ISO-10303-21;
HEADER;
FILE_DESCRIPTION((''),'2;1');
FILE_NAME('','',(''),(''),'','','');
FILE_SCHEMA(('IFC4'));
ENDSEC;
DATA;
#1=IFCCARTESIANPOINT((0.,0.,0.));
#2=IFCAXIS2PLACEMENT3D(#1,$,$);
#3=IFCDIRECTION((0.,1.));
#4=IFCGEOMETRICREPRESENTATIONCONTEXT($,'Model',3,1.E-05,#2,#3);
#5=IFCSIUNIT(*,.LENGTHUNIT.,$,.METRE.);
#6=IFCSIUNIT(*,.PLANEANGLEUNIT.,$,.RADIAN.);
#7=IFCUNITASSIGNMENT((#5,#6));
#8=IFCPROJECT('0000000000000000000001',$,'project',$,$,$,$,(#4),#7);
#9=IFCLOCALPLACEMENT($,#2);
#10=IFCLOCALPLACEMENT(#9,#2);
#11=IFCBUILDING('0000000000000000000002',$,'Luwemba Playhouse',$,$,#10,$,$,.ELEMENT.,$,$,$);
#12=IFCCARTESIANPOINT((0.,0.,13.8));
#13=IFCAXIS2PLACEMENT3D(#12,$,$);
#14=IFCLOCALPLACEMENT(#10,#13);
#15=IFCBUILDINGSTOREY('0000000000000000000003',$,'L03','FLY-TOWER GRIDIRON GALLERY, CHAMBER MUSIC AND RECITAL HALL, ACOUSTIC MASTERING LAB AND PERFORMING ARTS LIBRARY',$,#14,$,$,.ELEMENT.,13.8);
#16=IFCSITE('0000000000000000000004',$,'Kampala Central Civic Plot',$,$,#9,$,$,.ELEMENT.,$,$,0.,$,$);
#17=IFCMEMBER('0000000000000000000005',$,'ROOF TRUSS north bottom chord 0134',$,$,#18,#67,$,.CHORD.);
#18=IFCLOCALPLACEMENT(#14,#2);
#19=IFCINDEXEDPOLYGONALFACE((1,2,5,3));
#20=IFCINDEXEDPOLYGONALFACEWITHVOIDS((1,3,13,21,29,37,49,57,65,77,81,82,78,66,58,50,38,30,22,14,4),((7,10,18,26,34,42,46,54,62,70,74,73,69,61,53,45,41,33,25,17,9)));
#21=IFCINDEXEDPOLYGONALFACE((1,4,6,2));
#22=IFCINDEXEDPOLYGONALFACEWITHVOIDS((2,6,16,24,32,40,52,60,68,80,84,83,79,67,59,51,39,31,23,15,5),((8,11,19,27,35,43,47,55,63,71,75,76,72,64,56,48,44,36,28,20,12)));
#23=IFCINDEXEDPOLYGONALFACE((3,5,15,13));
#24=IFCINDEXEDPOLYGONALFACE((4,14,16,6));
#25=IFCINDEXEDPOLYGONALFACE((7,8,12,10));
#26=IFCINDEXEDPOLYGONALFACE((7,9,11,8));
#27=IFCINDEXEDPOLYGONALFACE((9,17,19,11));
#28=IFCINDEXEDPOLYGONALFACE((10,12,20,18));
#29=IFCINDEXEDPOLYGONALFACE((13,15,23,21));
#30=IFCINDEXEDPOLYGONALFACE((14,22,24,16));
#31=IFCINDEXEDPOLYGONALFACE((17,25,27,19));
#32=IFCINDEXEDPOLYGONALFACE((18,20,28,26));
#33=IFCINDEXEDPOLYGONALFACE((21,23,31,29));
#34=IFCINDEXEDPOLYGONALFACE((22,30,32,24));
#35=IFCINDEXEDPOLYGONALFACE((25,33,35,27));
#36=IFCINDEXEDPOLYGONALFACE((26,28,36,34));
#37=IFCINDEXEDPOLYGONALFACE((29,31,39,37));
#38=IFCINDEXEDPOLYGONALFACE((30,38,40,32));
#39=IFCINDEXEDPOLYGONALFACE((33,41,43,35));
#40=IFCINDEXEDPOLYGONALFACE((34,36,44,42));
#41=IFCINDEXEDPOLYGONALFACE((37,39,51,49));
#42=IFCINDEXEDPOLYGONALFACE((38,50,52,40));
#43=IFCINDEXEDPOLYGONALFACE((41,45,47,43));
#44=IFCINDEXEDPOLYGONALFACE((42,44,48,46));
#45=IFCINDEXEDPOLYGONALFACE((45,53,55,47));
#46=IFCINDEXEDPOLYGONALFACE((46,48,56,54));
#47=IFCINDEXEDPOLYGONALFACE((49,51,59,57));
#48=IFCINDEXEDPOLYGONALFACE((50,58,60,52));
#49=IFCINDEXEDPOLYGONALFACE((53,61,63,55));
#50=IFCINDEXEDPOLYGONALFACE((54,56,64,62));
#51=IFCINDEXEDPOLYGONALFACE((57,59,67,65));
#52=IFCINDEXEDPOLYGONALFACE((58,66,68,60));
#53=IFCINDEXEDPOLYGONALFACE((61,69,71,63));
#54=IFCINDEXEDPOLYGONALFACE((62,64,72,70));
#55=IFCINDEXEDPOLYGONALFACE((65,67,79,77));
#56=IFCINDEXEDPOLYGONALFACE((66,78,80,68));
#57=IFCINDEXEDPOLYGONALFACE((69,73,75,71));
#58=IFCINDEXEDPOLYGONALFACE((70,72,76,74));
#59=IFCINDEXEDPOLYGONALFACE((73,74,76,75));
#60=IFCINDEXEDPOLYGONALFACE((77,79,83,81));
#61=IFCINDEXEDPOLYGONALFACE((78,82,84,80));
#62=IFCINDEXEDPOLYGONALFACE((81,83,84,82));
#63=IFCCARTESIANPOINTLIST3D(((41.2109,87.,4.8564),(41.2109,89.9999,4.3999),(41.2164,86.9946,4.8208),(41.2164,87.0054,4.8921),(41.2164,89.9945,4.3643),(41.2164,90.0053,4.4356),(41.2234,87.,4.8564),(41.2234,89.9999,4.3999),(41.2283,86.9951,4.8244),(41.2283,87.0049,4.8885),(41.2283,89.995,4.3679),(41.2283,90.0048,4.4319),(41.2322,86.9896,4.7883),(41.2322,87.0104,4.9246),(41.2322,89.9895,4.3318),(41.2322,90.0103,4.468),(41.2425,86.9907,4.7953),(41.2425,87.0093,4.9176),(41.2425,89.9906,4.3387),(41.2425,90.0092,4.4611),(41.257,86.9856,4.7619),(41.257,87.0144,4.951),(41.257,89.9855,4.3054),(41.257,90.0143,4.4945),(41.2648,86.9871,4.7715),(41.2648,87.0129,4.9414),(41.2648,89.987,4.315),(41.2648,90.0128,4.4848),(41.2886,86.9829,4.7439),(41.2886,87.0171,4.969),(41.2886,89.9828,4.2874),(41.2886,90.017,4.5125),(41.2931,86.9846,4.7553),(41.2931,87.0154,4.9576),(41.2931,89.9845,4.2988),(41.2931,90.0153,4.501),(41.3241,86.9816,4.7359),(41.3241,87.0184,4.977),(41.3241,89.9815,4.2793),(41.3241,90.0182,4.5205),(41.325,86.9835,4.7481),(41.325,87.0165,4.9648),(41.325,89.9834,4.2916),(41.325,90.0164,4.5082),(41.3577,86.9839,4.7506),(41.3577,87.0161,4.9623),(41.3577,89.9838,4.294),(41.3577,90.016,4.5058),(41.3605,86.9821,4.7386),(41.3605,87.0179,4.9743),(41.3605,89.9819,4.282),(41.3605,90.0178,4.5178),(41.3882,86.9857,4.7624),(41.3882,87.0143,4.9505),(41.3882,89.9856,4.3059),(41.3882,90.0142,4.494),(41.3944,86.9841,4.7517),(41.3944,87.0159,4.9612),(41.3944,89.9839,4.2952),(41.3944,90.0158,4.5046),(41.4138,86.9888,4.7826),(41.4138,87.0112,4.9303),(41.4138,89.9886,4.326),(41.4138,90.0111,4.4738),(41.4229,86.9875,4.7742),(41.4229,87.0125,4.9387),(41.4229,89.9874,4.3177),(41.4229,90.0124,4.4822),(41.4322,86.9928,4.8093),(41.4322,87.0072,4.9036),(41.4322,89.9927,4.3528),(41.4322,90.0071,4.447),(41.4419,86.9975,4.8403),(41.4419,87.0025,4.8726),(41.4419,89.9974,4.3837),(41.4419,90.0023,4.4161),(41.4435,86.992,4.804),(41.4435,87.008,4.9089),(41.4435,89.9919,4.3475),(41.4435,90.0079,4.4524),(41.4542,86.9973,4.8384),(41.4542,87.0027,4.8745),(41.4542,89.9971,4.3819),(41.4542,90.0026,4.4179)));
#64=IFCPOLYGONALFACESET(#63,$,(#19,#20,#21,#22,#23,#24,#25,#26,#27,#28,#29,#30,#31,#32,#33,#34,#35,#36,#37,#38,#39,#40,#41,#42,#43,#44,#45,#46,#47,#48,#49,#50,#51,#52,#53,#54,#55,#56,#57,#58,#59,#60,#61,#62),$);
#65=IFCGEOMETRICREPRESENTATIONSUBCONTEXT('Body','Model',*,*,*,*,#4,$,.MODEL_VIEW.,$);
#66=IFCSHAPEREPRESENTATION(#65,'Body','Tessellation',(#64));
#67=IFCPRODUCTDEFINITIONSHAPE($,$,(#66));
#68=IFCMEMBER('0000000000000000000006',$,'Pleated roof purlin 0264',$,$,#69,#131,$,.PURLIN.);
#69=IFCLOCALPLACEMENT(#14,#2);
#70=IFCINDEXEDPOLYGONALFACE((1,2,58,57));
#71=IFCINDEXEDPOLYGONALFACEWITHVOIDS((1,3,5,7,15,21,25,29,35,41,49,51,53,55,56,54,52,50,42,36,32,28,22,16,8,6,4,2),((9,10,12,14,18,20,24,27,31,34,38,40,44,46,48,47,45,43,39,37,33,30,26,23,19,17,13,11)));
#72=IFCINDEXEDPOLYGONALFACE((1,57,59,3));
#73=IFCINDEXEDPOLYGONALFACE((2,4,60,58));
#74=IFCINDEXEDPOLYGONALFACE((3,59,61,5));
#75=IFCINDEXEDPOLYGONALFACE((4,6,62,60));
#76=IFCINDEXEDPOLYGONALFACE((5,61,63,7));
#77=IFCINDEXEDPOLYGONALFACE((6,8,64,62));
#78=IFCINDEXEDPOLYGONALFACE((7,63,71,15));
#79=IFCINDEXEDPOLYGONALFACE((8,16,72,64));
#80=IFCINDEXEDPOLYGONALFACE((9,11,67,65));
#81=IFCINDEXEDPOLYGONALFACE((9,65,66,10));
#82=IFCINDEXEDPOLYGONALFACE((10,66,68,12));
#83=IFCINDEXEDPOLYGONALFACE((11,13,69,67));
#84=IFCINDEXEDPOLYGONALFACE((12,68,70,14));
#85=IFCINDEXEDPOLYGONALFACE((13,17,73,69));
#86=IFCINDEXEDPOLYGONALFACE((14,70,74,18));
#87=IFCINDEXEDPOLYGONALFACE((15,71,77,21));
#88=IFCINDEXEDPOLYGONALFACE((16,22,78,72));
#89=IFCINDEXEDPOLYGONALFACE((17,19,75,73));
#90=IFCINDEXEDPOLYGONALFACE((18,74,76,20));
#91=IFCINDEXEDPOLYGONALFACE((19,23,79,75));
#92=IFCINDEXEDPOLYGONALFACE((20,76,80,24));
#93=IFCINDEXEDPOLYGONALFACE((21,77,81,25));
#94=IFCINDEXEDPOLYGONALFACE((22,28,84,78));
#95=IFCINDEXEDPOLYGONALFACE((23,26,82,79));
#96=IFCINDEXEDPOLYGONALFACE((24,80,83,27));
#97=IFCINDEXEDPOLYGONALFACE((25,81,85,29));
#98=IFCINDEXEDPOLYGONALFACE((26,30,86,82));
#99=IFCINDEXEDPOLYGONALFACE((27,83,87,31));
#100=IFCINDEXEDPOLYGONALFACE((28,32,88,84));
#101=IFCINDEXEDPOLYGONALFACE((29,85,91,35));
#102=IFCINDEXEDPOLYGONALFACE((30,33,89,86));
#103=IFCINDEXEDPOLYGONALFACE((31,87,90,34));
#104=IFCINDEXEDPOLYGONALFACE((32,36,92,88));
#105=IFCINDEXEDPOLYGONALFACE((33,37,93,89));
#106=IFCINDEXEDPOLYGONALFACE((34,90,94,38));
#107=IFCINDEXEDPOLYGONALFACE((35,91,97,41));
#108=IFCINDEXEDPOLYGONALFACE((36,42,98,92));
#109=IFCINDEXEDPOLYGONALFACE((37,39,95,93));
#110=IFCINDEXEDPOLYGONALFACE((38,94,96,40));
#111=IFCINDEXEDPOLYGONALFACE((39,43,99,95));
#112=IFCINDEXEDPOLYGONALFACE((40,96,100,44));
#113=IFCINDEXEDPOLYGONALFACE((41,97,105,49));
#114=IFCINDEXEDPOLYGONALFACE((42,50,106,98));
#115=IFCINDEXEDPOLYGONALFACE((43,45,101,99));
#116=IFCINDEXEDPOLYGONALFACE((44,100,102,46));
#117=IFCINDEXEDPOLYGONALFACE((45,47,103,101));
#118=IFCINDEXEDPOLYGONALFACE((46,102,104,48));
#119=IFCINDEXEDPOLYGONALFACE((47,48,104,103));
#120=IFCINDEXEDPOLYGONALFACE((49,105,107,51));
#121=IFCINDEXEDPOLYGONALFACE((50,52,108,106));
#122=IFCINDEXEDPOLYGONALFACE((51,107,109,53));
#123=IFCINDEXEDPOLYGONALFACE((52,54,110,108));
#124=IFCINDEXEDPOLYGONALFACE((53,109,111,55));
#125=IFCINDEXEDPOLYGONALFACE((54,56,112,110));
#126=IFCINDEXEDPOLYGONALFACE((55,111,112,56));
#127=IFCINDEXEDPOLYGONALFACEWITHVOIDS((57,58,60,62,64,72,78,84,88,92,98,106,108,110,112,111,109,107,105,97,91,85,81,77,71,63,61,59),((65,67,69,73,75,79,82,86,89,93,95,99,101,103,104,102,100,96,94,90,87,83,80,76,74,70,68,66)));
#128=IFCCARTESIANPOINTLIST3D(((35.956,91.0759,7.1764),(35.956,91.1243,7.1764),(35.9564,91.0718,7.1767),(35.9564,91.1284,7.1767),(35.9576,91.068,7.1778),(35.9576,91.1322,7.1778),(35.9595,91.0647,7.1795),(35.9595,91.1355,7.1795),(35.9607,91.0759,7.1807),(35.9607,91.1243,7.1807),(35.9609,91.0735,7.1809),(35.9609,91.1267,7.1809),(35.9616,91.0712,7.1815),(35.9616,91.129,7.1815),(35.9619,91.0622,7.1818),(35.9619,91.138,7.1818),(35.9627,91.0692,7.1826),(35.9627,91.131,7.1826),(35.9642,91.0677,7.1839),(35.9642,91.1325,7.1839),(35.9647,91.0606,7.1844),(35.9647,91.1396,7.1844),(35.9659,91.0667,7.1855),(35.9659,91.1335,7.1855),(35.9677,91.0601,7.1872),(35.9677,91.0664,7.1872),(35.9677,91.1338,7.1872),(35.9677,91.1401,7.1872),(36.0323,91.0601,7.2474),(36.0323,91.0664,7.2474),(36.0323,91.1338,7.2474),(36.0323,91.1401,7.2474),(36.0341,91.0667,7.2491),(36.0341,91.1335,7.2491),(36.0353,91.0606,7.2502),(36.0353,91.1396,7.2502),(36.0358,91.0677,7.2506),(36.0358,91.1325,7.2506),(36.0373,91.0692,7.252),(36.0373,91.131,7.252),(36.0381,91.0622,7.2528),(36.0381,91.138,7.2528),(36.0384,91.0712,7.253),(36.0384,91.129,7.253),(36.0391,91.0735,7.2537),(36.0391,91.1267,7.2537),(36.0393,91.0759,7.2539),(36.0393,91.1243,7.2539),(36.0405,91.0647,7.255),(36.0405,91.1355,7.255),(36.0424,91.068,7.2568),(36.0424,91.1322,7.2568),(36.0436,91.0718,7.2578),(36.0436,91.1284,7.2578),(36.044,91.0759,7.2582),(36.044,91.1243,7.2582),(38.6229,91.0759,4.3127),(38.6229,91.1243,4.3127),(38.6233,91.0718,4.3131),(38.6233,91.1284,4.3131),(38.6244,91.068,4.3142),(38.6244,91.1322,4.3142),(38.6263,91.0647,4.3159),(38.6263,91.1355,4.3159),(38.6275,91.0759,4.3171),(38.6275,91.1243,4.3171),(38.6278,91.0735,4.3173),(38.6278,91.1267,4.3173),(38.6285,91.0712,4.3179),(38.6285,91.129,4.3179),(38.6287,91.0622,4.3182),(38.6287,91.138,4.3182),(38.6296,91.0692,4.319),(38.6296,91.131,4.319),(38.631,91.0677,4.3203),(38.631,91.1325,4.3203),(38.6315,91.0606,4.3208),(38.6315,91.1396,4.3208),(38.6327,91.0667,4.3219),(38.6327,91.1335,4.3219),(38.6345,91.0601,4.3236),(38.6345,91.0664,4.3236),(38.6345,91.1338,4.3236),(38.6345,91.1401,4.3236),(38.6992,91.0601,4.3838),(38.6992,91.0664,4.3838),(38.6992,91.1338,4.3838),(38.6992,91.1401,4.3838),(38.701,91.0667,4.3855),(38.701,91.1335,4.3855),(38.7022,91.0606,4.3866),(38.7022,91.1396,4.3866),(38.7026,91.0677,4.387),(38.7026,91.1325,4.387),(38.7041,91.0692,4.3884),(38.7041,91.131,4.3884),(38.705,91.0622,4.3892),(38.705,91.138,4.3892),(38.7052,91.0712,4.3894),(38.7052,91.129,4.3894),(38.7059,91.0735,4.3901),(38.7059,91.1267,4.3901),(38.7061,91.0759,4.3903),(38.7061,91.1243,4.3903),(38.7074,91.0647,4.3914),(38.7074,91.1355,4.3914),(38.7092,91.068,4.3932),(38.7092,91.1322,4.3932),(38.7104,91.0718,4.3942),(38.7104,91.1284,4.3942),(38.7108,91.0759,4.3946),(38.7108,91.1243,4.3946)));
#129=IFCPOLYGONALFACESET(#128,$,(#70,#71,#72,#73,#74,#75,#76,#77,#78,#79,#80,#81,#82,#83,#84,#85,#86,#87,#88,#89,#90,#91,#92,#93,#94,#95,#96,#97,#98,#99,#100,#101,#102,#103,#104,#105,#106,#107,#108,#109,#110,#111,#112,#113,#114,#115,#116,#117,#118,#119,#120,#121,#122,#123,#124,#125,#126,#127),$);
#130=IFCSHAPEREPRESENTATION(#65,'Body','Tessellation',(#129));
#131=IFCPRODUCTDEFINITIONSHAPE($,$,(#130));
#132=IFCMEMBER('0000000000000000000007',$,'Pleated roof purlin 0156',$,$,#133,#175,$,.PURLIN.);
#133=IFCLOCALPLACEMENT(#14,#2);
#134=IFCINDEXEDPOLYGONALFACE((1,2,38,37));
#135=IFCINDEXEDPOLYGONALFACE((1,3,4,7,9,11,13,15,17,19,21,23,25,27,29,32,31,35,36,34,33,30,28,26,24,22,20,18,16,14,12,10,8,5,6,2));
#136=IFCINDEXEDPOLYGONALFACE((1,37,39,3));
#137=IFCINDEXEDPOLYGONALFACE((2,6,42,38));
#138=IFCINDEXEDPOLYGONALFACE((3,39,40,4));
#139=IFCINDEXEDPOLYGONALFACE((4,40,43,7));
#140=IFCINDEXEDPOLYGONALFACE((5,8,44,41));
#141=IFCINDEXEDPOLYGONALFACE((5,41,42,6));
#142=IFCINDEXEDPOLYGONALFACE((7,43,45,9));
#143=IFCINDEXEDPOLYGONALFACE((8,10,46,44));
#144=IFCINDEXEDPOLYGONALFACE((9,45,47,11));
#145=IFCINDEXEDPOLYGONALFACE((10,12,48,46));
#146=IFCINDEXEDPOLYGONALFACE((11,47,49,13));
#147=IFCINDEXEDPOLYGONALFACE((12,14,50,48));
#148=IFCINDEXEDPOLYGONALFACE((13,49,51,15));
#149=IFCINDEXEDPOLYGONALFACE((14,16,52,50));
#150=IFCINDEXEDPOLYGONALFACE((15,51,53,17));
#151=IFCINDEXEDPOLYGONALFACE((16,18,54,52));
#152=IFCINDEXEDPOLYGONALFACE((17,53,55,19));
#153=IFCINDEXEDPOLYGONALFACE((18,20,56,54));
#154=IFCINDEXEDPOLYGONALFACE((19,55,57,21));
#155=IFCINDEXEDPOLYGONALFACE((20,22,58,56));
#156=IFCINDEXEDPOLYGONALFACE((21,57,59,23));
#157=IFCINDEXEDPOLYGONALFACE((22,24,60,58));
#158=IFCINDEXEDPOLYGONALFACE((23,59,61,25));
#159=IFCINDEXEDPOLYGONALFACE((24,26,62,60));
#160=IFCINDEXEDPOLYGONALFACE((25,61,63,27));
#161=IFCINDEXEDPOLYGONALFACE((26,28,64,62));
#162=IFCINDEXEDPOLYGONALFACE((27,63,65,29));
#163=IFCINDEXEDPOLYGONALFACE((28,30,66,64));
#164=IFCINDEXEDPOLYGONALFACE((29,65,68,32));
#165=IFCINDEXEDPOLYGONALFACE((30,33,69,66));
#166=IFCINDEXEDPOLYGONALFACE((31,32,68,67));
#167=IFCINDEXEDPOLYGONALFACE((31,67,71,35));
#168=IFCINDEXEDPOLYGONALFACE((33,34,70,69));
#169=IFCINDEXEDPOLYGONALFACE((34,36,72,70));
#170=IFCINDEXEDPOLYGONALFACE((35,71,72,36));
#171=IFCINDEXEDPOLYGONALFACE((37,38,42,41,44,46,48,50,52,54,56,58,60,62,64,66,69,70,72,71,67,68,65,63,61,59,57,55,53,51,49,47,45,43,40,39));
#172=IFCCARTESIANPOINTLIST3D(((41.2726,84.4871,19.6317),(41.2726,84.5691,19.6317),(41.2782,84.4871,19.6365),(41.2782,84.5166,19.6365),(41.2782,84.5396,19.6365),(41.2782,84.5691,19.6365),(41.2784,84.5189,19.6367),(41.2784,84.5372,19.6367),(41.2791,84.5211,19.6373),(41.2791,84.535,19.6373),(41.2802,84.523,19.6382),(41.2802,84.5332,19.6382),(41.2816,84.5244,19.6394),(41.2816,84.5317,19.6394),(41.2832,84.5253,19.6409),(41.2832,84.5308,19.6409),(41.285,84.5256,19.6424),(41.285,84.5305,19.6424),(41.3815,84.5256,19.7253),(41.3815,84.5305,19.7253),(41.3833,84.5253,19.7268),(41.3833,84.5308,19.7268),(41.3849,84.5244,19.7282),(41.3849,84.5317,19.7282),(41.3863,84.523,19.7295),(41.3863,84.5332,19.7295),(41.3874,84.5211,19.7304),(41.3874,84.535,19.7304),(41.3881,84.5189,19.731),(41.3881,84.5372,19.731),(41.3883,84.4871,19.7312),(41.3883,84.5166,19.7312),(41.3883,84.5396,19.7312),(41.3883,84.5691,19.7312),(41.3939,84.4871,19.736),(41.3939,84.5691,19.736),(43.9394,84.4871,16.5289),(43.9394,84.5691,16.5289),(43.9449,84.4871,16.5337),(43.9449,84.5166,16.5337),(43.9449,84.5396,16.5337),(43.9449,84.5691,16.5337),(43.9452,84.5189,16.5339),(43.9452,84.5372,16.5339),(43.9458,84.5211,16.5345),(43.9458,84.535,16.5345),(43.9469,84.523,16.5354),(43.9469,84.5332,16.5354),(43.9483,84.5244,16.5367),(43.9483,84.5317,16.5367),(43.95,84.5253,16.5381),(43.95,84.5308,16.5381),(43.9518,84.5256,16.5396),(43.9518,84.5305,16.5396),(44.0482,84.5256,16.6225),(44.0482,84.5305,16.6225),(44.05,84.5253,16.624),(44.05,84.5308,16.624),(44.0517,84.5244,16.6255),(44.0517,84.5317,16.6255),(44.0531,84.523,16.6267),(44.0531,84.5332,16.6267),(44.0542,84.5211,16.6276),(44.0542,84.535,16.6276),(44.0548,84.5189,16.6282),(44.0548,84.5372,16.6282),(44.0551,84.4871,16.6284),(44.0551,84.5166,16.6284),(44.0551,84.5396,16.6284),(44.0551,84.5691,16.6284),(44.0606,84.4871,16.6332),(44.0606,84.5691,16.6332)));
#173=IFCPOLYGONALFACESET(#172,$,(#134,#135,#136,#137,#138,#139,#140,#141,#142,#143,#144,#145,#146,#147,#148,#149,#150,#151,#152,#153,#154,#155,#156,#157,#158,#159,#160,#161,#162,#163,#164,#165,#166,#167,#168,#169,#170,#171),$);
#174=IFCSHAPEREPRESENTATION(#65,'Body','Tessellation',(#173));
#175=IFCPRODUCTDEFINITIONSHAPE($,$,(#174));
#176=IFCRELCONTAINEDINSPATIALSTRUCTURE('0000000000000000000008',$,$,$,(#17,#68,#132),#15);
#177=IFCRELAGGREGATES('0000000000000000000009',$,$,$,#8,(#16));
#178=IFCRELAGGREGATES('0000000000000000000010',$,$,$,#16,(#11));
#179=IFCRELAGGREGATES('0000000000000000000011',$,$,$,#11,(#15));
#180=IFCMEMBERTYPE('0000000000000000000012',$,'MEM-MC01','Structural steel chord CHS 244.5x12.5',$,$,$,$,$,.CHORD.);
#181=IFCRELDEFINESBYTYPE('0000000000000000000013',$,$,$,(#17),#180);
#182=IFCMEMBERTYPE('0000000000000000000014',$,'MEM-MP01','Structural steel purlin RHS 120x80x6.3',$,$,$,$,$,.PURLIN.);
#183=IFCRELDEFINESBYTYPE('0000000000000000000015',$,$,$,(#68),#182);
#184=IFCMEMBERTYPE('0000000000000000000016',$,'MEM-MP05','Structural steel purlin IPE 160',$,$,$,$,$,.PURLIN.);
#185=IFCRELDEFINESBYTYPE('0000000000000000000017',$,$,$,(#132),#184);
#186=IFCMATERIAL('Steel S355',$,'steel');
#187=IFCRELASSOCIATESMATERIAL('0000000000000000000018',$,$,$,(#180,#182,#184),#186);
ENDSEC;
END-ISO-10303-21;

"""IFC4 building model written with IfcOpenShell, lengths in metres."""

from ifc_helpers import new_model, si_unit, direction, frame, origin, origin_2d, place, context, subcontext, project, spatial, hollow_rectangle, hollow_circle, i_section, extrude, material, material_profile, profile_set, type_object, element, save


model = new_model("IFC4")

# Units and contexts
model_context = context("Model", 3, precision=1e-05, world=origin(), true_north=direction((0.0, 1.0)))
body_context = subcontext(model_context, "Body", "Model", "MODEL_VIEW")
ifc_project = project(units=[si_unit("LENGTHUNIT", "METRE"), si_unit("PLANEANGLEUNIT", "RADIAN")], contexts=[model_context])

# Site, building, storey
site_placement = place(None, origin())
site = spatial("IfcSite", under=ifc_project, at=site_placement, Name="Kampala Central Civic Plot", CompositionType="ELEMENT", RefElevation=0.0)
building_placement = place(site_placement, origin())
building = spatial("IfcBuilding", under=site, at=building_placement, Name="Luwemba Playhouse", CompositionType="ELEMENT")
storey_placement = place(building_placement, frame((0.0, 0.0, 13.8)))
storey = spatial("IfcBuildingStorey", under=building, at=storey_placement, Name="L03", Description="FLY-TOWER GRIDIRON GALLERY, CHAMBER MUSIC AND RECITAL HALL, ACOUSTIC MASTERING LAB AND PERFORMING ARTS LIBRARY", CompositionType="ELEMENT", Elevation=13.8)

# Shared definitions
ifc_material_1 = material(Name="Steel S355", Category="steel")

# Members
ifc_material_profile_1 = material_profile(ifc_material_1, hollow_circle(Radius=0.1223, WallThickness=0.0125, at=origin_2d()))
ifc_profile_set_1 = profile_set([ifc_material_profile_1], Name="Steel S355")
member_type_1 = type_object("IfcMemberType", Name="MEM-MC01", Description="Structural steel chord CHS 244.5x12.5", PredefinedType="CHORD", material=ifc_profile_set_1)
member_1_placement = place(storey_placement, frame((41.3333, 87.0, 4.8564), z_axis=(0.0, 0.988618, -0.150449), x_axis=(-1.0, 0.0, 0.0)))
element("IfcMember", 1, at=member_1_placement, inside=storey, type_object=member_type_1, Name="ROOF TRUSS north bottom chord 0134", PredefinedType="CHORD", context=body_context, shape_type="SweptSolid", body=[
    extrude(hollow_circle(Radius=0.1223, WallThickness=0.0125, at=origin_2d()), origin(), (0.0, 0.0, 1.0), 3.0344),
])
ifc_material_profile_2 = material_profile(ifc_material_1, hollow_rectangle(XDim=0.0801, YDim=0.1201, WallThickness=0.0063, InnerFilletRadius=0.0095, OuterFilletRadius=0.0159, at=origin_2d()))
ifc_profile_set_2 = profile_set([ifc_material_profile_2], Name="Steel S355")
member_type_2 = type_object("IfcMemberType", Name="MEM-MP01", Description="Structural steel purlin RHS 120x80x6.3", PredefinedType="PURLIN", material=ifc_profile_set_2)
member_2_placement = place(storey_placement, frame((36.0, 91.1001, 7.2173), z_axis=(0.681515, 0.0, -0.731804), x_axis=(0.0, 1.0, 0.0)))
element("IfcMember", 2, at=member_2_placement, inside=storey, type_object=member_type_2, Name="Pleated roof purlin 0264", PredefinedType="PURLIN", context=body_context, shape_type="SweptSolid", body=[
    extrude(hollow_rectangle(XDim=0.0801, YDim=0.1201, WallThickness=0.0063, InnerFilletRadius=0.0095, OuterFilletRadius=0.0159, at=origin_2d()), origin(), (0.0, 0.0, 1.0), 3.9131),
])
ifc_material_profile_3 = material_profile(ifc_material_1, i_section(OverallWidth=0.082, OverallDepth=0.1599, WebThickness=0.0049, FlangeThickness=0.0073, FilletRadius=0.009, at=origin_2d()))
ifc_profile_set_3 = profile_set([ifc_material_profile_3], Name="Steel S355")
member_type_3 = type_object("IfcMemberType", Name="MEM-MP05", Description="Structural steel purlin IPE 160", PredefinedType="PURLIN", material=ifc_profile_set_3)
member_3_placement = place(storey_placement, frame((41.3333, 84.5281, 19.6838), z_axis=(0.651808, 0.0, -0.758384), x_axis=(0.0, 1.0, 0.0)))
element("IfcMember", 3, at=member_3_placement, inside=storey, type_object=member_type_3, Name="Pleated roof purlin 0156", PredefinedType="PURLIN", context=body_context, shape_type="SweptSolid", body=[
    extrude(i_section(OverallWidth=0.082, OverallDepth=0.1599, WebThickness=0.0049, FlangeThickness=0.0073, FilletRadius=0.009, at=origin_2d()), origin(), (0.0, 0.0, 1.0), 4.0913),
])

save(model, "model.ifc")
